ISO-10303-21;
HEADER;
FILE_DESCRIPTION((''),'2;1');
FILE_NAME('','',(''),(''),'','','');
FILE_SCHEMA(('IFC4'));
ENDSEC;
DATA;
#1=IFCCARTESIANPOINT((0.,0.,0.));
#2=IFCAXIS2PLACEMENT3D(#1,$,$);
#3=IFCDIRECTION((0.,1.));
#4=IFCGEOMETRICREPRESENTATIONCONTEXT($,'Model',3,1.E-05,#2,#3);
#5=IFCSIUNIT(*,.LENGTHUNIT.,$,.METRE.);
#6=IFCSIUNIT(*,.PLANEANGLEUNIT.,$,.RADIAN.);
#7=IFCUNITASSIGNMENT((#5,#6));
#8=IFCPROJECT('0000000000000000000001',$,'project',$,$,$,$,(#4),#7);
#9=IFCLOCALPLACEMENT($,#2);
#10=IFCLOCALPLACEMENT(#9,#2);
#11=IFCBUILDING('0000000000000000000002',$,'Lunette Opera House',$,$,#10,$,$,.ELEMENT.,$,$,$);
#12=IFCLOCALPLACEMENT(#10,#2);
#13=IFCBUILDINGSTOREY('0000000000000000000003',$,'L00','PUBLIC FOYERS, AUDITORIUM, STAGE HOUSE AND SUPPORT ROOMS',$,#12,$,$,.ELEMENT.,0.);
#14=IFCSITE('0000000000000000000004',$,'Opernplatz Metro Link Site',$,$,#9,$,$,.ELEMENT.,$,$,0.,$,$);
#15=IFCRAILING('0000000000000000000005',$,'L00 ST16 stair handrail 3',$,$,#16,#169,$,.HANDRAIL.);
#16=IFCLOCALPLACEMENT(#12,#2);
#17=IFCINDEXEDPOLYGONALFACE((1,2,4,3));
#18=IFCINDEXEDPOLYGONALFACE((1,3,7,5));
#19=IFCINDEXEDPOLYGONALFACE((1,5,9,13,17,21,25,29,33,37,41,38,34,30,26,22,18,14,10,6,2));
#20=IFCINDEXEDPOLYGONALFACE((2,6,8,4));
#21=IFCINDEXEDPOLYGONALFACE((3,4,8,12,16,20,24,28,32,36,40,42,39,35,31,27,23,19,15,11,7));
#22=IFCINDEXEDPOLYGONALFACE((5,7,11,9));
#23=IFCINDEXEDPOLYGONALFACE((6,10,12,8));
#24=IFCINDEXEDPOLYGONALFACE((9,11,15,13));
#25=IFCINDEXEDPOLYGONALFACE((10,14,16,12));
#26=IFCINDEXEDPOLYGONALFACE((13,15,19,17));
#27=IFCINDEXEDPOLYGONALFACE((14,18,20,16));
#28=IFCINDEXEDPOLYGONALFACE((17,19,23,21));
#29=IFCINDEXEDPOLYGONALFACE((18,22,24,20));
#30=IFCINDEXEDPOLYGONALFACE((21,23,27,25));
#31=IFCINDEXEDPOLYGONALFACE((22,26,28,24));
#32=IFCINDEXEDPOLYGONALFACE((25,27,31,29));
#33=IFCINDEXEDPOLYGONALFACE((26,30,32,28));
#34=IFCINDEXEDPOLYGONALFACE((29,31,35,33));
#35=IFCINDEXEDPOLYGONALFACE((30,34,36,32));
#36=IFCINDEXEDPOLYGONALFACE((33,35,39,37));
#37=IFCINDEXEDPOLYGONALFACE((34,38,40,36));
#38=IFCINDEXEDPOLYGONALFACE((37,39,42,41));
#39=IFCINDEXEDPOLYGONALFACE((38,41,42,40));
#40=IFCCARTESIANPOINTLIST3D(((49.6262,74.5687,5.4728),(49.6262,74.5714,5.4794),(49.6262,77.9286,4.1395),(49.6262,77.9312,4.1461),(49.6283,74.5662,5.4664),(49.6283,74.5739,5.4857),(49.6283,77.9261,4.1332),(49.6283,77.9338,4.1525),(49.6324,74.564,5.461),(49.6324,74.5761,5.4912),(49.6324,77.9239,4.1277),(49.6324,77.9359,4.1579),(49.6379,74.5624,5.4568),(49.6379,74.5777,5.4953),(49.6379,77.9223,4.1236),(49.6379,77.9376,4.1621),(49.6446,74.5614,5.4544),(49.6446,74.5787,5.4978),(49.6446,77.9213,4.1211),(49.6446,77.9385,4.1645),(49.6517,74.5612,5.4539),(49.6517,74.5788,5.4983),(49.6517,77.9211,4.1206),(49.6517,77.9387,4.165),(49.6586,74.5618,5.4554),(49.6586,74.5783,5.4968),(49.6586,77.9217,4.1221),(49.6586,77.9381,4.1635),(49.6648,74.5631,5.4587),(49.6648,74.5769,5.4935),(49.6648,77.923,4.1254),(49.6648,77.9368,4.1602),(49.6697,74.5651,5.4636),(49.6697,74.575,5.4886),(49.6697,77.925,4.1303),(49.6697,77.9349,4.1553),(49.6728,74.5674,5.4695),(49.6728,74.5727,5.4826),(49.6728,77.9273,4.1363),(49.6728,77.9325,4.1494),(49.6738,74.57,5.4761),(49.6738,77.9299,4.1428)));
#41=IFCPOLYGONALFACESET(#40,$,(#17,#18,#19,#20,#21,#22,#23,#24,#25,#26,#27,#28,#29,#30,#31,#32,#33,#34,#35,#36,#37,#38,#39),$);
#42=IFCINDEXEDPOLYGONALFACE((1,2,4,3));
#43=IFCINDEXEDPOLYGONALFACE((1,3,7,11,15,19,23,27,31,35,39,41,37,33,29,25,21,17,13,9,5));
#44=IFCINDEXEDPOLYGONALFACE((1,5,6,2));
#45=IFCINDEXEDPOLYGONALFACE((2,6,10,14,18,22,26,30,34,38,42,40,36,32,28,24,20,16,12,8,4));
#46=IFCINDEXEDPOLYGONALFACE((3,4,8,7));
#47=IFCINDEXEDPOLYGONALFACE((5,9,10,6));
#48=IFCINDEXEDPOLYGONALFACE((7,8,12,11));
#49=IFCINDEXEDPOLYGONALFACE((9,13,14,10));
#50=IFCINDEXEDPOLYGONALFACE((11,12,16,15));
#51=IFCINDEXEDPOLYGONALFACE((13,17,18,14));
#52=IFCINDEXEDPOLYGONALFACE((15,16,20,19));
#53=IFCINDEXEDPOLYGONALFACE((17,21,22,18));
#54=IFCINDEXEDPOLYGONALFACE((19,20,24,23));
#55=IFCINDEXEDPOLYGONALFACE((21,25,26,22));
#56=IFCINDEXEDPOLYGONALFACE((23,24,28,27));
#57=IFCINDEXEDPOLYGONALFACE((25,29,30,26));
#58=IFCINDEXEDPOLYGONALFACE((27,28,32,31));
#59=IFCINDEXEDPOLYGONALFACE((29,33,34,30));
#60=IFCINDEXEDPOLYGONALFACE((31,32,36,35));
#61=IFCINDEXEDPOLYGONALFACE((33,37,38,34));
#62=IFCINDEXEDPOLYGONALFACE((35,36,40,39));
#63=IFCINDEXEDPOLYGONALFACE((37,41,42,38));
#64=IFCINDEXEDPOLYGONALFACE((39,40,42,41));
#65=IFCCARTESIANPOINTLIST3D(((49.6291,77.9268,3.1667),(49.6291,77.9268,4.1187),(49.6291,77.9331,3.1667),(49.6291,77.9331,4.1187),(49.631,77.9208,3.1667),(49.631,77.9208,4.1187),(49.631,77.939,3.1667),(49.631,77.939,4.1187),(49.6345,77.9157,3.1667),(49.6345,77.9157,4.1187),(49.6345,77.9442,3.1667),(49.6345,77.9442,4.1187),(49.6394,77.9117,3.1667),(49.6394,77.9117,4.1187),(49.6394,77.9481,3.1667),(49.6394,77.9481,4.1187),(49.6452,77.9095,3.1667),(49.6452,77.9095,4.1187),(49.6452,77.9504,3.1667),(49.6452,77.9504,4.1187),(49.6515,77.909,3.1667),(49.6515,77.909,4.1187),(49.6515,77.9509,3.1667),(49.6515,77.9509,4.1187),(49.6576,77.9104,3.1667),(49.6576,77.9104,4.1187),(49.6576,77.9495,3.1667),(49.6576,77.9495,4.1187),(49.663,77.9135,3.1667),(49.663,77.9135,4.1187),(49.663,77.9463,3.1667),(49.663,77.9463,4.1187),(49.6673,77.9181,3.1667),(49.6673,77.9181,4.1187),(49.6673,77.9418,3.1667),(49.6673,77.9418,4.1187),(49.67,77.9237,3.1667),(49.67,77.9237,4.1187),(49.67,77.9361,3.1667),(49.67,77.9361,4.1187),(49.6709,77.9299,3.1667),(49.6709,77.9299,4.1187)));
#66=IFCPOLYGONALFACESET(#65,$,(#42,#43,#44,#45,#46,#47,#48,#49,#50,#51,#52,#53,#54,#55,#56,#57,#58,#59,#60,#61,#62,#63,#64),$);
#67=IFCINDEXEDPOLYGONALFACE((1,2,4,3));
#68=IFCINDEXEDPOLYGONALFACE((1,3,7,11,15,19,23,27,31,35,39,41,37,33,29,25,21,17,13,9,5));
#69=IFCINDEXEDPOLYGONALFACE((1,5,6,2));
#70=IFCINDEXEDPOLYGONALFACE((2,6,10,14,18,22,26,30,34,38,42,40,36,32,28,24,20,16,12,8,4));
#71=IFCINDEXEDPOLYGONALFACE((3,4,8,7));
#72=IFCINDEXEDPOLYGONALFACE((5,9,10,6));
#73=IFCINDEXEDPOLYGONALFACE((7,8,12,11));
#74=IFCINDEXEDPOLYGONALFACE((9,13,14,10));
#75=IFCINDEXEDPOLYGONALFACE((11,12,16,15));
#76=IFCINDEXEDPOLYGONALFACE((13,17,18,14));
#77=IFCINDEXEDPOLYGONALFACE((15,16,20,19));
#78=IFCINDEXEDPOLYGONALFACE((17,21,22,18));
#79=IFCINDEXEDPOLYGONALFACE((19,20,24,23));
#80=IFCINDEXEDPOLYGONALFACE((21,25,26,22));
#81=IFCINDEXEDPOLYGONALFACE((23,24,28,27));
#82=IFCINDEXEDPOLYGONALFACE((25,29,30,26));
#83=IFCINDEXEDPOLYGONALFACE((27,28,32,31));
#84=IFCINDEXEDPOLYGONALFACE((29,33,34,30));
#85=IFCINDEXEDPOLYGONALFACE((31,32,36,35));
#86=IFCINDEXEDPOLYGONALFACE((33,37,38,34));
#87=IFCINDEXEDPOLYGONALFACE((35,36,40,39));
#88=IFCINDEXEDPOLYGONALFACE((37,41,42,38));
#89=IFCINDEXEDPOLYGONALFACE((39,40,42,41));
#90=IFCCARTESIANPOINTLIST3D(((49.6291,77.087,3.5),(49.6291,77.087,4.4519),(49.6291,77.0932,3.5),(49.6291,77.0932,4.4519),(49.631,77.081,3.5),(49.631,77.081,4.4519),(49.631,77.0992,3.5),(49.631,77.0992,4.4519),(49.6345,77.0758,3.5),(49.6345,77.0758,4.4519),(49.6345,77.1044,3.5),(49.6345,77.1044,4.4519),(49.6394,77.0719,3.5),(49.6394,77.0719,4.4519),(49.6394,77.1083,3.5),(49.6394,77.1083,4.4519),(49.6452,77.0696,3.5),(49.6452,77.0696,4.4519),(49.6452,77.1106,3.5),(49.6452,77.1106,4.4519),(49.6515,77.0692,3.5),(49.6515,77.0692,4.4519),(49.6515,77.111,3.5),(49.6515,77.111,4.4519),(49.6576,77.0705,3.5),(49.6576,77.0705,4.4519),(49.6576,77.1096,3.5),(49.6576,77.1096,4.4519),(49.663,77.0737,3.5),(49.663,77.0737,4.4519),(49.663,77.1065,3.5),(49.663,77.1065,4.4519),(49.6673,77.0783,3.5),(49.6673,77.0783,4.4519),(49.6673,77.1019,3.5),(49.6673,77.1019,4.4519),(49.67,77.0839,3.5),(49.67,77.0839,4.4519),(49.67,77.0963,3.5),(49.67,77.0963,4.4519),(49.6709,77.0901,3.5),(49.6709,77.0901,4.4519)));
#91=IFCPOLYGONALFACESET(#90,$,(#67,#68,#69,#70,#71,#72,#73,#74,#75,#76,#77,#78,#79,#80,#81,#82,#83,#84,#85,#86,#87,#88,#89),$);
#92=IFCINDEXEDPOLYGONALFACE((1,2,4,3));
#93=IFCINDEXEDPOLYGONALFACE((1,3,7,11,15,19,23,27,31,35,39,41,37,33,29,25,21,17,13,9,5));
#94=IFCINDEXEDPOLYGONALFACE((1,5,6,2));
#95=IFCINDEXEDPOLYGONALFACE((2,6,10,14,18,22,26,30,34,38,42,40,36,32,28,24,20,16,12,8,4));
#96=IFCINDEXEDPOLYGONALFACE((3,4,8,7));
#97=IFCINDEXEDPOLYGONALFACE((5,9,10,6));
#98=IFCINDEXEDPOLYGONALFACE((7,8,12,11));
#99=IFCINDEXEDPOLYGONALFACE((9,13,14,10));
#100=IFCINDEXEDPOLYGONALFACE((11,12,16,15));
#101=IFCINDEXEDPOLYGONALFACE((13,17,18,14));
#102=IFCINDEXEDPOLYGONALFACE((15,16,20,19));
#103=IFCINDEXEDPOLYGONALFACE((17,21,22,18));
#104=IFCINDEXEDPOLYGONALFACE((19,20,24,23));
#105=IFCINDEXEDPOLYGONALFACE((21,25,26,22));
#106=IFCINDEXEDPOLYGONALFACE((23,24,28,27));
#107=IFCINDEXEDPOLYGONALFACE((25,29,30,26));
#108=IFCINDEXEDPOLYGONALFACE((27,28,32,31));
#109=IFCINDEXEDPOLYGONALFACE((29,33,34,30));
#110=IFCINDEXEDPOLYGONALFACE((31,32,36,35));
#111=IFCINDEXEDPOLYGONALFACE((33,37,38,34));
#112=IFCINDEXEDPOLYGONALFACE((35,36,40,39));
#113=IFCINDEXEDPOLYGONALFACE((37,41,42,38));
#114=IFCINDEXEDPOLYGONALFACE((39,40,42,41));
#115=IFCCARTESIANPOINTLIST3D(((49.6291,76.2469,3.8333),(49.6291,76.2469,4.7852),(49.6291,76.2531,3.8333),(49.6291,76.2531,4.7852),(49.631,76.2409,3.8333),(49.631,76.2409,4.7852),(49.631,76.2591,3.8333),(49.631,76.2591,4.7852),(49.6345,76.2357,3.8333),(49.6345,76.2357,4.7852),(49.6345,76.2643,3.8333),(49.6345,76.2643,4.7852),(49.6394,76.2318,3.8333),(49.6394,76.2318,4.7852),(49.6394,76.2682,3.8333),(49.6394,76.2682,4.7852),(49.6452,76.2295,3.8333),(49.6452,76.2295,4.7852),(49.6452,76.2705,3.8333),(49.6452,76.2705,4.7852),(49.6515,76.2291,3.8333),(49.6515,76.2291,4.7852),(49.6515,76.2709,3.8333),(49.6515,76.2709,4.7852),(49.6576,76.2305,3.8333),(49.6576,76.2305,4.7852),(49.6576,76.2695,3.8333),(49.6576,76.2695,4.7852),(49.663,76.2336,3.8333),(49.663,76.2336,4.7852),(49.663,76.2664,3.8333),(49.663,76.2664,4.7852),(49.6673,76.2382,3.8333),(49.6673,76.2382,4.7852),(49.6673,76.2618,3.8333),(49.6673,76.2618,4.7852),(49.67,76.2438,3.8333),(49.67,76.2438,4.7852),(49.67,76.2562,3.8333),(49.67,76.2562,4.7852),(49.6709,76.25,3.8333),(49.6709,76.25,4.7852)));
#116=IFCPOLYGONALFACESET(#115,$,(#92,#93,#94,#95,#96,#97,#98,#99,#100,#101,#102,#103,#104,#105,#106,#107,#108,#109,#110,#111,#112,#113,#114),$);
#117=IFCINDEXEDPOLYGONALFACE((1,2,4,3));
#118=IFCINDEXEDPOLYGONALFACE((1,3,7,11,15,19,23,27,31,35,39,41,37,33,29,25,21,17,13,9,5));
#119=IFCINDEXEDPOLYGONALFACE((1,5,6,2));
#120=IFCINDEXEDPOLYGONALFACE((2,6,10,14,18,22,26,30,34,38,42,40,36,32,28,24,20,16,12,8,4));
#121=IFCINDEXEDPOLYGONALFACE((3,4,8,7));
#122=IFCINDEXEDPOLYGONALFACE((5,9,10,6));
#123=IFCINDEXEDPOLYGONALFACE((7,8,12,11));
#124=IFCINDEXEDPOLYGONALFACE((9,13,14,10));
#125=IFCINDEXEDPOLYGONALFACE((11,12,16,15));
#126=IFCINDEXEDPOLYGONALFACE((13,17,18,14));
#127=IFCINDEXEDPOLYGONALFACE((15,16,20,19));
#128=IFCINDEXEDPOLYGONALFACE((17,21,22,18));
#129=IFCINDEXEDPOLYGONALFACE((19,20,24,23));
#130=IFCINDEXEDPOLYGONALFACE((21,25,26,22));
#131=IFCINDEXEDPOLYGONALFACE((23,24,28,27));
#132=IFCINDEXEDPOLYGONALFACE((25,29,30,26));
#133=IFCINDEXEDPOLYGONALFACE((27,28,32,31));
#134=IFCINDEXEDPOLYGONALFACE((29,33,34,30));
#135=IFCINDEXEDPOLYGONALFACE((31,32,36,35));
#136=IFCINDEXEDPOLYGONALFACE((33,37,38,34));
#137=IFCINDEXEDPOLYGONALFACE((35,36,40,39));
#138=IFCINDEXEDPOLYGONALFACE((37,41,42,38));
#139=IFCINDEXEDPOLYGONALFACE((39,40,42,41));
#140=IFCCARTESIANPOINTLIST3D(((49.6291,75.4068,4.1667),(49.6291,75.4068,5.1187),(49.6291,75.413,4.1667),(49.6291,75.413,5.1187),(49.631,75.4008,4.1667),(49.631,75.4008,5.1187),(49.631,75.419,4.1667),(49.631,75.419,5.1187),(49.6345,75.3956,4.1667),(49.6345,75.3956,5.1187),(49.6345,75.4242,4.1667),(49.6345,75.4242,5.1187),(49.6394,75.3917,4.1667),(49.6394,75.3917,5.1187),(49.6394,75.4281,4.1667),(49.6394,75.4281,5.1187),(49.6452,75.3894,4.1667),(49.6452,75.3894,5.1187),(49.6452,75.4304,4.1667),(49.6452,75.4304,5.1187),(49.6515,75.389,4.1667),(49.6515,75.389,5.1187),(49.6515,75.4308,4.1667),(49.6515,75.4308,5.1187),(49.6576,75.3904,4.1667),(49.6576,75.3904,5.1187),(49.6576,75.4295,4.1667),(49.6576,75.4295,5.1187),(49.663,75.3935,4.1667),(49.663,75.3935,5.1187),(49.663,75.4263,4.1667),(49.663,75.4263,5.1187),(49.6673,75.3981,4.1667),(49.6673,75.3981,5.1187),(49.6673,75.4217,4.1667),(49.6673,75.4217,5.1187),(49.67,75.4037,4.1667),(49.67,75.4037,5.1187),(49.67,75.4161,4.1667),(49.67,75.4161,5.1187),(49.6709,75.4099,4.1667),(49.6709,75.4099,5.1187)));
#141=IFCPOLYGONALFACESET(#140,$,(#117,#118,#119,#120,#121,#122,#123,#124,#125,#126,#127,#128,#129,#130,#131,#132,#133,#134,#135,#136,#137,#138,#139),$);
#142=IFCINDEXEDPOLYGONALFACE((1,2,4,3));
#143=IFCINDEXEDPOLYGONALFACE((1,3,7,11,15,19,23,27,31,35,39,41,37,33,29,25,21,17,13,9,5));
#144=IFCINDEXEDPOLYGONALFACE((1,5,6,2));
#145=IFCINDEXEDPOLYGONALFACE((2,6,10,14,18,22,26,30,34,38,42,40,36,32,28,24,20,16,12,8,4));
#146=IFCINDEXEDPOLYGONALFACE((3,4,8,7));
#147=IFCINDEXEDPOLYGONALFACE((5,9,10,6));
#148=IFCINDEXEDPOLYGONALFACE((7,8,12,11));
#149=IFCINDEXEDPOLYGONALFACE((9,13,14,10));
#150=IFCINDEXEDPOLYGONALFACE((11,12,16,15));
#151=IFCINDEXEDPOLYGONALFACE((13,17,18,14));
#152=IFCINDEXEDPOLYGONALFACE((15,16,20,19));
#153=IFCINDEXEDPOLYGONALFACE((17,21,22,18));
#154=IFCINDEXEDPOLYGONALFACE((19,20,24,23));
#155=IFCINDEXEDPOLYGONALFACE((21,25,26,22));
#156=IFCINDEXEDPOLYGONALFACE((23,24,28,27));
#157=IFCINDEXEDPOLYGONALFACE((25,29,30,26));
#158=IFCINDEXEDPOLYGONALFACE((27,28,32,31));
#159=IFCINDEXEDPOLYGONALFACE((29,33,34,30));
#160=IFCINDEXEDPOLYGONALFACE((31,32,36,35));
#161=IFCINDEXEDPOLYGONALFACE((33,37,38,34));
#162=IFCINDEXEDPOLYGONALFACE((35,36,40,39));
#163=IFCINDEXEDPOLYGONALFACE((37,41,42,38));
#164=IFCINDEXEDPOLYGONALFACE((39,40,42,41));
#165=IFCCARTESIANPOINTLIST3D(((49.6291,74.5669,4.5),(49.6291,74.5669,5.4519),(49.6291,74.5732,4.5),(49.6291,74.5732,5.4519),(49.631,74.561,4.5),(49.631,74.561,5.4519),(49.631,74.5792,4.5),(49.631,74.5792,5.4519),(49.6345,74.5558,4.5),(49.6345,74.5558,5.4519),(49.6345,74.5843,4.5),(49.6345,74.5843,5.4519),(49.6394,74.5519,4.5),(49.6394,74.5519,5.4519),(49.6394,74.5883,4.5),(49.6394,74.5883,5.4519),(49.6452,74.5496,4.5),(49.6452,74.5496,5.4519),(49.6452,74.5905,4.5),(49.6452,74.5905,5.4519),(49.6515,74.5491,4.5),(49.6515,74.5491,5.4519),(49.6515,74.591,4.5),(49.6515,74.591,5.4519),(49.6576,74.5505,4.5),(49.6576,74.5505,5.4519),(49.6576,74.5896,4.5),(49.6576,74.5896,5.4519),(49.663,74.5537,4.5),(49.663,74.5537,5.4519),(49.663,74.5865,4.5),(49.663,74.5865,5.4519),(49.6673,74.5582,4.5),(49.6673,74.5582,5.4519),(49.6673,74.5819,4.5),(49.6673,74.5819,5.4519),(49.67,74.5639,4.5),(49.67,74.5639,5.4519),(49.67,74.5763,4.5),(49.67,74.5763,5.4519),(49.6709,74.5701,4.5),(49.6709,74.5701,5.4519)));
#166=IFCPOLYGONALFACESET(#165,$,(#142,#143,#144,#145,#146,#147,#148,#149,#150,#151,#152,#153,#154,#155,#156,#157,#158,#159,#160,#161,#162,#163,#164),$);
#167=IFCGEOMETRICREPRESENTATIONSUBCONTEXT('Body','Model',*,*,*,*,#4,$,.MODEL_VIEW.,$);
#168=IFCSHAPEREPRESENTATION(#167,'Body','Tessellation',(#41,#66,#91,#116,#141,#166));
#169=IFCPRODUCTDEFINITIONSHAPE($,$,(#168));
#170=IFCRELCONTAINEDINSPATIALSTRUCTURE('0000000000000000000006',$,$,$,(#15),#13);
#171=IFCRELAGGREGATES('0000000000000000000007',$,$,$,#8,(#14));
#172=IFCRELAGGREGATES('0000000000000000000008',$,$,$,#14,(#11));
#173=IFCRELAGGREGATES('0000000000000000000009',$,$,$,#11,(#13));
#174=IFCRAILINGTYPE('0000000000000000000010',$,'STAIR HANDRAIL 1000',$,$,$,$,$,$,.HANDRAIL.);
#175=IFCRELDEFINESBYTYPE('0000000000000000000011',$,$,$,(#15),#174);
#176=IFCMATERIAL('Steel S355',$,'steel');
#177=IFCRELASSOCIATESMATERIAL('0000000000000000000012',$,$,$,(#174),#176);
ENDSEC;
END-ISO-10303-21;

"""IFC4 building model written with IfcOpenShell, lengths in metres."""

from ifc_helpers import new_model, si_unit, direction, frame, origin, origin_2d, place, context, subcontext, project, spatial, circle, extrude, material, type_object, element, save


model = new_model("IFC4")

# Units and contexts
model_context = context("Model", 3, precision=1e-05, world=origin(), true_north=direction((0.0, 1.0)))
body_context = subcontext(model_context, "Body", "Model", "MODEL_VIEW")
ifc_project = project(units=[si_unit("LENGTHUNIT", "METRE"), si_unit("PLANEANGLEUNIT", "RADIAN")], contexts=[model_context])

# Site, building, storey
site_placement = place(None, origin())
site = spatial("IfcSite", under=ifc_project, at=site_placement, Name="Opernplatz Metro Link Site", CompositionType="ELEMENT", RefElevation=0.0)
building_placement = place(site_placement, origin())
building = spatial("IfcBuilding", under=site, at=building_placement, Name="Lunette Opera House", CompositionType="ELEMENT")
storey_placement = place(building_placement, origin())
storey = spatial("IfcBuildingStorey", under=building, at=storey_placement, Name="L00", Description="PUBLIC FOYERS, AUDITORIUM, STAGE HOUSE AND SUPPORT ROOMS", CompositionType="ELEMENT", Elevation=0.0)

# Railing
ifc_material_1 = material(Name="Steel S355", Category="steel")
railing_type_1 = type_object("IfcRailingType", Name="STAIR HANDRAIL 1000", PredefinedType="HANDRAIL", material=ifc_material_1)
railing_1_placement = place(storey_placement, frame((49.6499, 77.9299, 3.1667)))
element("IfcRailing", 1, at=railing_1_placement, inside=storey, type_object=railing_type_1, Name="L00 ST16 stair handrail 3", PredefinedType="HANDRAIL", context=body_context, shape_type="SweptSolid", body=[
    extrude(circle(Radius=0.0239, at=origin_2d()), frame((0.0, 0.0, 0.9761), z_axis=(0.0, -0.929493, 0.368839), x_axis=(1.0, 0.0, 0.0)), (0.0, 0.0, 1.0), 3.6147),
    extrude(circle(Radius=0.021, at=origin_2d()), origin(), (0.0, 0.0, 1.0), 0.9519),
    extrude(circle(Radius=0.021, at=origin_2d()), frame((0.0, -0.8398, 0.3333)), (0.0, 0.0, 1.0), 0.9519),
    extrude(circle(Radius=0.021, at=origin_2d()), frame((0.0, -1.6799, 0.6665)), (0.0, 0.0, 1.0), 0.9519),
    extrude(circle(Radius=0.021, at=origin_2d()), frame((0.0, -2.52, 1.0)), (0.0, 0.0, 1.0), 0.9519),
    extrude(circle(Radius=0.021, at=origin_2d()), frame((0.0, -3.3599, 1.3333)), (0.0, 0.0, 1.0), 0.9519),
])

save(model, "model.ifc")
